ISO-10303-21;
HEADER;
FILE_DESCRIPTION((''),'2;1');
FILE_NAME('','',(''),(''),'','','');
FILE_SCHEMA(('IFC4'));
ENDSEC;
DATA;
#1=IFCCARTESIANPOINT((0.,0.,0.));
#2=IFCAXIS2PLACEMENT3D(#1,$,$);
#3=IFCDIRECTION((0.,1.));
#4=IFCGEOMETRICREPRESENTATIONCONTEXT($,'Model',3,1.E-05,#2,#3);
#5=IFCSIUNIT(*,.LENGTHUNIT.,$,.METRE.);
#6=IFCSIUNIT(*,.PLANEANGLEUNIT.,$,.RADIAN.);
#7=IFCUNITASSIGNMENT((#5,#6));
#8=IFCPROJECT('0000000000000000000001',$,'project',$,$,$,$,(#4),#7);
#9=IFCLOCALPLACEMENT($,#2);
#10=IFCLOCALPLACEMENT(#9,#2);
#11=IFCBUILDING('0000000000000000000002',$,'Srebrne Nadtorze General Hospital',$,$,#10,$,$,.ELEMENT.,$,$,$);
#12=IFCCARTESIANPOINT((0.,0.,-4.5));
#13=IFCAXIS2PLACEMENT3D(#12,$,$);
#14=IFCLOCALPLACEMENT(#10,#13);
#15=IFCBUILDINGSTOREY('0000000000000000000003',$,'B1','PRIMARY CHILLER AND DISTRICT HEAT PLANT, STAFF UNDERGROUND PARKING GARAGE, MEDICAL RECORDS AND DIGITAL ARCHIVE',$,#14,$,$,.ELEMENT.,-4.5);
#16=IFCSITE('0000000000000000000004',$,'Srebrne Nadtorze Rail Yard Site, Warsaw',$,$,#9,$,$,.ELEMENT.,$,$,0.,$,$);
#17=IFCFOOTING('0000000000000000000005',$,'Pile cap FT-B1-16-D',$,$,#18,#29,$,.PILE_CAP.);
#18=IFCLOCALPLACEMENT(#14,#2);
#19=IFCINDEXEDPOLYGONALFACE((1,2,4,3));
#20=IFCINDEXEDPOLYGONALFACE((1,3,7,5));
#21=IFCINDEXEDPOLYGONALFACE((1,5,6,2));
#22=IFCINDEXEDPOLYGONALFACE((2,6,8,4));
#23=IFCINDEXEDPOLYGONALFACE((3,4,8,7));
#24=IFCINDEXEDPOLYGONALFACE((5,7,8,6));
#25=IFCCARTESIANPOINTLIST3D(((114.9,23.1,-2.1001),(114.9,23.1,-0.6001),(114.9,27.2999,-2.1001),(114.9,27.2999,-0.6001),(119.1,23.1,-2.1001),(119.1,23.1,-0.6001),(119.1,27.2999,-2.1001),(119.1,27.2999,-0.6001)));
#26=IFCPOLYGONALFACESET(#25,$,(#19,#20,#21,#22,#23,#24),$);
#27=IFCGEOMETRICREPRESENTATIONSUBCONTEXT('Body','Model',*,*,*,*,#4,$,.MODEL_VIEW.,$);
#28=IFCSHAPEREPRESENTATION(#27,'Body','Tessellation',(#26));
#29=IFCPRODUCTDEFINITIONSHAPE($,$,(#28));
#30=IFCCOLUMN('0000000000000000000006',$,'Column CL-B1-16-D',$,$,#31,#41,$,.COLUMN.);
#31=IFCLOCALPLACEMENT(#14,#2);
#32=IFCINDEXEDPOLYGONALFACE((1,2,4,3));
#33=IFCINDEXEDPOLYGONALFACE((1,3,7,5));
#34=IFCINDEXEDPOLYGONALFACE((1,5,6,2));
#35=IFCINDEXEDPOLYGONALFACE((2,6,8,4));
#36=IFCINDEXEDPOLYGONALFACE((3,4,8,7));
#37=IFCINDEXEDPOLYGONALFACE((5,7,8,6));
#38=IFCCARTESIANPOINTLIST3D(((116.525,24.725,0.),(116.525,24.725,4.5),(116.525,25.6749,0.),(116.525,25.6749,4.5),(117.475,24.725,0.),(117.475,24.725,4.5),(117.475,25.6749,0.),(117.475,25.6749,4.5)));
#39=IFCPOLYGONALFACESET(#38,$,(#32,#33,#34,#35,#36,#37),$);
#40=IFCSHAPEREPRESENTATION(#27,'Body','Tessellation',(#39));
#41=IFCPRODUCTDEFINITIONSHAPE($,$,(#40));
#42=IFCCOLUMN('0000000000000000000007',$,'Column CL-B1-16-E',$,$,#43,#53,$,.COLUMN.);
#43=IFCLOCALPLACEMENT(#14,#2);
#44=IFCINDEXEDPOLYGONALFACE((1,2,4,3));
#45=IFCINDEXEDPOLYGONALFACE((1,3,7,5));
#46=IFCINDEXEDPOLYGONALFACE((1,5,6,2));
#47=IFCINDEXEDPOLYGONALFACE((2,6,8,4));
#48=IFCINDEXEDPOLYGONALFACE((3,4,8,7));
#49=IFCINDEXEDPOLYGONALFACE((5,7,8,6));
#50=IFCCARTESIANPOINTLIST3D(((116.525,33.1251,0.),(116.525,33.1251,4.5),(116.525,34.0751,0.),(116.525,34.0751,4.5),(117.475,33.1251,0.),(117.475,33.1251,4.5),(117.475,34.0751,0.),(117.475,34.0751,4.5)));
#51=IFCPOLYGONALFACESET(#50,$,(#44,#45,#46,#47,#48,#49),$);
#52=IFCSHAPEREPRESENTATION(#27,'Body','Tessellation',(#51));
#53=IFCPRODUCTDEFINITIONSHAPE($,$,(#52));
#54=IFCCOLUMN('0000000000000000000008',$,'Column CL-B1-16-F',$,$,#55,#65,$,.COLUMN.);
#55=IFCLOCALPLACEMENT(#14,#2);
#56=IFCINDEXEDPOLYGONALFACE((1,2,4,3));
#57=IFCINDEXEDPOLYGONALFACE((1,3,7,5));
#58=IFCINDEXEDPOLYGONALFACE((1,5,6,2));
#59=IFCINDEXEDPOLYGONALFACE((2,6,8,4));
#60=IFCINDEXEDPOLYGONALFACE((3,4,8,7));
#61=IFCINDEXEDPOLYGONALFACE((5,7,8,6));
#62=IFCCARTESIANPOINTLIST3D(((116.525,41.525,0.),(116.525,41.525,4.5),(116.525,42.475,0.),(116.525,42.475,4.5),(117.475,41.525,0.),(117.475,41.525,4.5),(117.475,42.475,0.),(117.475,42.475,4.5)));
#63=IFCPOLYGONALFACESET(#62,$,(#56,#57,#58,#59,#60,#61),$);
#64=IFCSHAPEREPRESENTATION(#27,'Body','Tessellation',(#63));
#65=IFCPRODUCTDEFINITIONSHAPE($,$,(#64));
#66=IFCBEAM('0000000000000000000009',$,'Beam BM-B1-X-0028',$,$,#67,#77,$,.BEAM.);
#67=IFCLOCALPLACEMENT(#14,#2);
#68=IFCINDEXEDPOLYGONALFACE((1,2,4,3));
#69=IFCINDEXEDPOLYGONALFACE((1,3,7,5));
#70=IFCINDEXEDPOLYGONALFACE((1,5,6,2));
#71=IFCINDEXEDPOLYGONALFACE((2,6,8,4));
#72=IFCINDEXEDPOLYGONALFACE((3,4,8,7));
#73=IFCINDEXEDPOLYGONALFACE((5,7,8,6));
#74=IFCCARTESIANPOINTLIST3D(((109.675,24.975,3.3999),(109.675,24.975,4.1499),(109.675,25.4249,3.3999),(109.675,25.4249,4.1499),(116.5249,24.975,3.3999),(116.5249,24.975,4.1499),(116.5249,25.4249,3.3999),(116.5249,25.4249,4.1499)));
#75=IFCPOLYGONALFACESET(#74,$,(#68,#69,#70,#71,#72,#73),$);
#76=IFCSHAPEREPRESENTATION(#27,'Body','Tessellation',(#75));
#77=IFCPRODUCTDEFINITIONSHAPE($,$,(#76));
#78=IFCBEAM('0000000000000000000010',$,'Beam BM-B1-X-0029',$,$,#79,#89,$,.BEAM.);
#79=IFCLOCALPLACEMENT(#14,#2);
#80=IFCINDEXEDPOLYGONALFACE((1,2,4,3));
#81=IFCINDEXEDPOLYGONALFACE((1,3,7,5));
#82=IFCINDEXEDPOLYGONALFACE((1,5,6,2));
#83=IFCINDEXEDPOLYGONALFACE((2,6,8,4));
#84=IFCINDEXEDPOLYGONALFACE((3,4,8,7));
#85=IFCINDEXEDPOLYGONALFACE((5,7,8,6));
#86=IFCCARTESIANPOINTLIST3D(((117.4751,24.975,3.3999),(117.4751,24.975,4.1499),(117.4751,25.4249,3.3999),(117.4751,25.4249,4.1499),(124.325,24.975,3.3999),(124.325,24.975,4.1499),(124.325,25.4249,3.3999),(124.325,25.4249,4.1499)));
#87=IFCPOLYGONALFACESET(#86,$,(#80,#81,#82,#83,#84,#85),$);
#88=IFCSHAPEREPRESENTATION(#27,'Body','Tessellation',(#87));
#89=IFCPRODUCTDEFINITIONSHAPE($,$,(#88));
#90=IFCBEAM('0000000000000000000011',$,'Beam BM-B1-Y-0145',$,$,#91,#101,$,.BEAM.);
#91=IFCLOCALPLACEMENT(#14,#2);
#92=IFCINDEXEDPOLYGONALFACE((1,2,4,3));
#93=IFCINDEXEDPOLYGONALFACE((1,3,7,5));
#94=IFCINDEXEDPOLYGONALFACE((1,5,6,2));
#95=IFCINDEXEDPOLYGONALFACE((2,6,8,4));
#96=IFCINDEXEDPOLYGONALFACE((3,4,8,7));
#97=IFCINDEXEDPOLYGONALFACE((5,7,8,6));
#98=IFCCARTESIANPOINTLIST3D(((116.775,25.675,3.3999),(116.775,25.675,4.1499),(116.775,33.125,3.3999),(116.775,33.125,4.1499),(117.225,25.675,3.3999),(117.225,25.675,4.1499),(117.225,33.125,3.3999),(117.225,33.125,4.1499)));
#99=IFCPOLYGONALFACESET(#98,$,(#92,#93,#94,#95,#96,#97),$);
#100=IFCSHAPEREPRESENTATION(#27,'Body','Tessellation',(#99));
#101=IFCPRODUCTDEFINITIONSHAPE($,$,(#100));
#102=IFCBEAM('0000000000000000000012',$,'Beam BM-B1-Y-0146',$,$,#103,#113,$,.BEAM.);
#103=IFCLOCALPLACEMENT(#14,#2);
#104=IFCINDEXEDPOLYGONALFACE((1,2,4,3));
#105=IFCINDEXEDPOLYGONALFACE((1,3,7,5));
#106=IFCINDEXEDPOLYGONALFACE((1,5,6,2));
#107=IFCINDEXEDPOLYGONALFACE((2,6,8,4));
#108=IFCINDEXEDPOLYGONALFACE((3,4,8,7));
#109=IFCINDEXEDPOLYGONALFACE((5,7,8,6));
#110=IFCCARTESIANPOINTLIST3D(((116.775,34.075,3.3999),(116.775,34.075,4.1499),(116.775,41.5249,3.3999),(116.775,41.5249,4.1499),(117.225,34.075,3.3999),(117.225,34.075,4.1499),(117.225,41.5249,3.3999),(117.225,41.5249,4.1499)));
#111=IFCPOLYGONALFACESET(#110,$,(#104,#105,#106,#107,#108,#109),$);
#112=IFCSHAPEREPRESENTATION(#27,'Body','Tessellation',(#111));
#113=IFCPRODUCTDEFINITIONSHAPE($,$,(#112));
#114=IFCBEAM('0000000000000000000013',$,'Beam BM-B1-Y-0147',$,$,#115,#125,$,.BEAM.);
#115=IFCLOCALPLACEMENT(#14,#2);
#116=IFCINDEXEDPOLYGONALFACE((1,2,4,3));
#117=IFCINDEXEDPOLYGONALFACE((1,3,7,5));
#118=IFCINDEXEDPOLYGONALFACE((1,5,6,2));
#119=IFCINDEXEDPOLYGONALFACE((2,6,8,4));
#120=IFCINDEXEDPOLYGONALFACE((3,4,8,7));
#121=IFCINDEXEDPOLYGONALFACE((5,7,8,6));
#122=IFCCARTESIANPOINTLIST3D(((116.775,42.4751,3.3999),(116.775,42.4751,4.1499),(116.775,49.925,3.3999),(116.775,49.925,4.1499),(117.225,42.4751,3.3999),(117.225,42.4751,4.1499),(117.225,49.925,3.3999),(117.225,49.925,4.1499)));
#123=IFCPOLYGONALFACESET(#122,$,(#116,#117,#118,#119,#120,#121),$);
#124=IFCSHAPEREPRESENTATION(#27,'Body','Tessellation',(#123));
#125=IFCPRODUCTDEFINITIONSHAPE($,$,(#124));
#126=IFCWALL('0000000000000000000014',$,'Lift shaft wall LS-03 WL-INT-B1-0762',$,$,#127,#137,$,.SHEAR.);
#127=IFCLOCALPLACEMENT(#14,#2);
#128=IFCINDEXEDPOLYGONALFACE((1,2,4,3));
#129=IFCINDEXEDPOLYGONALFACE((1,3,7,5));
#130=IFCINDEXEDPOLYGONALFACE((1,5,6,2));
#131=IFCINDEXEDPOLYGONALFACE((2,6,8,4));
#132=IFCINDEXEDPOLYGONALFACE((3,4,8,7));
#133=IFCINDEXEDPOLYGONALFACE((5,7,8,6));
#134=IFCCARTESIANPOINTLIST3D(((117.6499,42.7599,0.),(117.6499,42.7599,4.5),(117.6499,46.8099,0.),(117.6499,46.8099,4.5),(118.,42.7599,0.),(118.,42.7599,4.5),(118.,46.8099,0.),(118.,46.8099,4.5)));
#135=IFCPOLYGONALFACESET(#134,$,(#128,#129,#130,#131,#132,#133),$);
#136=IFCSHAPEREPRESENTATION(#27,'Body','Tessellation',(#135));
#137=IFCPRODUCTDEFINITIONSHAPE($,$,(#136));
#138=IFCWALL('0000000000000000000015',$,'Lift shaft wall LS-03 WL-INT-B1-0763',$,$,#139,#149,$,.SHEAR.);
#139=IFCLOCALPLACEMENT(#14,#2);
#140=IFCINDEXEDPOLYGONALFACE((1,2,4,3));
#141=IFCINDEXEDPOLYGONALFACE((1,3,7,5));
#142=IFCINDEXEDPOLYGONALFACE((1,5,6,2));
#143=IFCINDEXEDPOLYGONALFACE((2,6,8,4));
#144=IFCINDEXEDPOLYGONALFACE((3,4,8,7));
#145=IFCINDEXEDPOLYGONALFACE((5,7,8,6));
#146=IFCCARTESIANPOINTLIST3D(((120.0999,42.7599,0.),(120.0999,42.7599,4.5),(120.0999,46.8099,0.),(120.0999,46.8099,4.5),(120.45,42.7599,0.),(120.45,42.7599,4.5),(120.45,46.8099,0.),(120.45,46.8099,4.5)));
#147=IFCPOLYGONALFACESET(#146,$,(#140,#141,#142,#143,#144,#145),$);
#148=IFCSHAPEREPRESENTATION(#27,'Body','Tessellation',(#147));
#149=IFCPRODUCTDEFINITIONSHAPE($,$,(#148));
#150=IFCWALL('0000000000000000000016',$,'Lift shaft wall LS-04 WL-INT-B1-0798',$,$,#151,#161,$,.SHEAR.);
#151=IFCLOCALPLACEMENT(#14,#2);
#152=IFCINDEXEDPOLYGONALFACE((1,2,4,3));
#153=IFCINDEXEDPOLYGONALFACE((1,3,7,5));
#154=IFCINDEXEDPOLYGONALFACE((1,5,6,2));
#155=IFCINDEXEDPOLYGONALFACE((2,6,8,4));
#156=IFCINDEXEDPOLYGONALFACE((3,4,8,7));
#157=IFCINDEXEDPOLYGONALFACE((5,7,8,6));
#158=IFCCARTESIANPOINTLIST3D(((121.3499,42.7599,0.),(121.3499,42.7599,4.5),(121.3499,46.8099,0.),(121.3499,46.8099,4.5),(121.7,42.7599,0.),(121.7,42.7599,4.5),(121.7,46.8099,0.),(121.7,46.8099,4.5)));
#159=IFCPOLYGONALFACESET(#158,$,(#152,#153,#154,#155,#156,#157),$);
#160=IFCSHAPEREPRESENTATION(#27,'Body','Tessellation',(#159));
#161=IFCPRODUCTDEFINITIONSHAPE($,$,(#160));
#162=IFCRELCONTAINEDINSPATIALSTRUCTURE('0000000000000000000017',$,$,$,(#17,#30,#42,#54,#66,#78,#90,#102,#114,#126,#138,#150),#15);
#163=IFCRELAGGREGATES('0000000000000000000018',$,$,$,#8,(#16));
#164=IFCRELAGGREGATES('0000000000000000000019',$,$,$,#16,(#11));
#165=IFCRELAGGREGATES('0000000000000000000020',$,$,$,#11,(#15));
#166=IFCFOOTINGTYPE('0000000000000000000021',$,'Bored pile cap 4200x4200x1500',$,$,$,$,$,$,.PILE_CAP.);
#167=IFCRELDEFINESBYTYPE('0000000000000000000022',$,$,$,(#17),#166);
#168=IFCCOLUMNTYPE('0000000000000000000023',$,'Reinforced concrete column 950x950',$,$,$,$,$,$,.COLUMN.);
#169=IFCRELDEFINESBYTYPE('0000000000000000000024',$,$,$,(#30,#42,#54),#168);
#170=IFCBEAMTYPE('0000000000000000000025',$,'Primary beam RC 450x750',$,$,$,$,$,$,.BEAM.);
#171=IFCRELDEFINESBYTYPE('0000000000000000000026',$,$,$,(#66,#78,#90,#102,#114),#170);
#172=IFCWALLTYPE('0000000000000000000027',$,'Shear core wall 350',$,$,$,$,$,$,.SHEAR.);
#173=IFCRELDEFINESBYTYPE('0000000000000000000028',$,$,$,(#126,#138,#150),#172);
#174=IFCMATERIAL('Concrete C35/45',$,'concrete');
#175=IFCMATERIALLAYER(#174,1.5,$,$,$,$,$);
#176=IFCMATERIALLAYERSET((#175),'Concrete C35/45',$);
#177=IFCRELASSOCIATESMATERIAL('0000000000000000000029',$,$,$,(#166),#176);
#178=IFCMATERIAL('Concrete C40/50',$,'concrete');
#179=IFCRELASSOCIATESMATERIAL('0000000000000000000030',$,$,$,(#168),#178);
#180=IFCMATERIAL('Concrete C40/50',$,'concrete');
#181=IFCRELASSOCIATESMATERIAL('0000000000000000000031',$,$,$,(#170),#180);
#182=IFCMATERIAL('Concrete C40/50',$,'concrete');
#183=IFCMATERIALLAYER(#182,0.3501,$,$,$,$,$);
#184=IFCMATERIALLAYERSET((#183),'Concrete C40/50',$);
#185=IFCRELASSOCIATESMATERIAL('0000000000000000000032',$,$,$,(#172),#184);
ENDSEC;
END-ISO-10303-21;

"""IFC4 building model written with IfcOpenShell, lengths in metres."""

from ifc_helpers import new_model, si_unit, direction, frame, frame_2d, origin, origin_2d, place, context, subcontext, project, spatial, rectangle, extrude, material, layer, layer_set, material_profile, profile_set, type_object, element, save


model = new_model("IFC4")

# Units and contexts
model_context = context("Model", 3, precision=1e-05, world=origin(), true_north=direction((0.0, 1.0)))
body_context = subcontext(model_context, "Body", "Model", "MODEL_VIEW")
ifc_project = project(units=[si_unit("LENGTHUNIT", "METRE"), si_unit("PLANEANGLEUNIT", "RADIAN")], contexts=[model_context])

# Site, building, storey
site_placement = place(None, origin())
site = spatial("IfcSite", under=ifc_project, at=site_placement, Name="Srebrne Nadtorze Rail Yard Site, Warsaw", CompositionType="ELEMENT", RefElevation=0.0)
building_placement = place(site_placement, origin())
building = spatial("IfcBuilding", under=site, at=building_placement, Name="Srebrne Nadtorze General Hospital", CompositionType="ELEMENT")
storey_placement = place(building_placement, frame((0.0, 0.0, -4.5)))
storey = spatial("IfcBuildingStorey", under=building, at=storey_placement, Name="B1", Description="PRIMARY CHILLER AND DISTRICT HEAT PLANT, STAFF UNDERGROUND PARKING GARAGE, MEDICAL RECORDS AND DIGITAL ARCHIVE", CompositionType="ELEMENT", Elevation=-4.5)

# Footing
ifc_material_1 = material(Name="Concrete C35/45", Category="concrete")
ifc_layer_1 = layer(ifc_material_1, 1.5)
ifc_layer_set_1 = layer_set([ifc_layer_1], Name="Concrete C35/45")
footing_type_1 = type_object("IfcFootingType", Name="Bored pile cap 4200x4200x1500", PredefinedType="PILE_CAP", material=ifc_layer_set_1)
footing_1_placement = place(storey_placement, frame((117.0, 25.2, -2.1001), z_axis=(0.0, 0.0, 1.0), x_axis=(1.0, 0.0, 0.0)))
element("IfcFooting", 1, at=footing_1_placement, inside=storey, type_object=footing_type_1, Name="Pile cap FT-B1-16-D", PredefinedType="PILE_CAP", context=body_context, shape_type="SweptSolid", body=[
    extrude(rectangle(XDim=4.2, YDim=4.2, at=origin_2d()), origin(), (0.0, 0.0, 1.0), 1.5),
])

# Columns
ifc_material_2 = material(Name="Concrete C40/50", Category="concrete")
ifc_material_profile_1 = material_profile(ifc_material_2, rectangle(XDim=0.95, YDim=0.95, at=origin_2d()), Name="RC-COL-950x950")
ifc_profile_set_1 = profile_set([ifc_material_profile_1], Name="Concrete C40/50")
column_type = type_object("IfcColumnType", Name="Reinforced concrete column 950x950", PredefinedType="COLUMN", material=ifc_profile_set_1)
for number, where, z_axis, x_axis, name in (
    (2, (117.0, 25.2, 0.0), (0.0, 0.0, 1.0), (1.0, 0.0, 0.0), "Column CL-B1-16-D"),
    (3, (117.0, 33.6001, 0.0), (0.0, 0.0, 1.0), (1.0, 0.0, 0.0), "Column CL-B1-16-E"),
    (4, (117.0, 42.0, 0.0), (0.0, 0.0, 1.0), (1.0, 0.0, 0.0), "Column CL-B1-16-F"),
):
    element("IfcColumn", number, at=place(storey_placement, frame(where, z_axis=z_axis, x_axis=x_axis)), inside=storey, type_object=column_type, Name=name, PredefinedType="COLUMN", context=body_context, shape_type="SweptSolid", body=[
        extrude(rectangle(XDim=0.95, YDim=0.95, at=origin_2d()), origin(), (0.0, 0.0, 1.0), 4.5),
    ])

# Beams
ifc_material_3 = material(Name="Concrete C40/50", Category="concrete")
ifc_material_profile_2 = material_profile(ifc_material_3, rectangle(XDim=0.45, YDim=0.75, at=origin_2d()), Name="RC-BM-450x750")
ifc_profile_set_2 = profile_set([ifc_material_profile_2], Name="Concrete C40/50")
beam_type = type_object("IfcBeamType", Name="Primary beam RC 450x750", PredefinedType="BEAM", material=ifc_profile_set_2)
for number, where, z_axis, x_axis, name in (
    (5, (109.675, 25.2, 3.7749), (1.0, 0.0, 0.0), (0.0, 1.0, 0.0), "Beam BM-B1-X-0028"),
    (6, (117.4751, 25.2, 3.7749), (1.0, 0.0, 0.0), (0.0, 1.0, 0.0), "Beam BM-B1-X-0029"),
):
    element("IfcBeam", number, at=place(storey_placement, frame(where, z_axis=z_axis, x_axis=x_axis)), inside=storey, type_object=beam_type, Name=name, PredefinedType="BEAM", context=body_context, shape_type="SweptSolid", body=[
        extrude(rectangle(XDim=0.45, YDim=0.75, at=origin_2d()), origin(), (0.0, 0.0, 1.0), 6.8499),
    ])
for number, where, z_axis, x_axis, name in (
    (7, (117.0, 25.675, 3.7749), (0.0, 1.0, 0.0), (-1.0, 0.0, 0.0), "Beam BM-B1-Y-0145"),
    (8, (117.0, 34.075, 3.7749), (0.0, 1.0, 0.0), (-1.0, 0.0, 0.0), "Beam BM-B1-Y-0146"),
    (9, (117.0, 42.4751, 3.7749), (0.0, 1.0, 0.0), (-1.0, 0.0, 0.0), "Beam BM-B1-Y-0147"),
):
    element("IfcBeam", number, at=place(storey_placement, frame(where, z_axis=z_axis, x_axis=x_axis)), inside=storey, type_object=beam_type, Name=name, PredefinedType="BEAM", context=body_context, shape_type="SweptSolid", body=[
        extrude(rectangle(XDim=0.45, YDim=0.75, at=origin_2d()), origin(), (0.0, 0.0, 1.0), 7.45),
    ])

# Walls
ifc_material_4 = material(Name="Concrete C40/50", Category="concrete")
ifc_layer_2 = layer(ifc_material_4, 0.3501)
ifc_layer_set_2 = layer_set([ifc_layer_2], Name="Concrete C40/50")
wall_type = type_object("IfcWallType", Name="Shear core wall 350", PredefinedType="SHEAR", material=ifc_layer_set_2)
for number, where, z_axis, x_axis, name in (
    (10, (117.825, 42.76, 0.0), (0.0, 0.0, 1.0), (0.0, 1.0, 0.0), "Lift shaft wall LS-03 WL-INT-B1-0762"),
    (11, (120.2749, 42.76, 0.0), (0.0, 0.0, 1.0), (0.0, 1.0, 0.0), "Lift shaft wall LS-03 WL-INT-B1-0763"),
    (12, (121.5249, 42.76, 0.0), (0.0, 0.0, 1.0), (0.0, 1.0, 0.0), "Lift shaft wall LS-04 WL-INT-B1-0798"),
):
    element("IfcWall", number, at=place(storey_placement, frame(where, z_axis=z_axis, x_axis=x_axis)), inside=storey, type_object=wall_type, Name=name, PredefinedType="SHEAR", context=body_context, shape_type="SweptSolid", body=[
        extrude(rectangle(XDim=4.05, YDim=0.3501, at=frame_2d((2.0249, 0.0))), origin(), (0.0, 0.0, 1.0), 4.5),
    ])

save(model, "model.ifc")
